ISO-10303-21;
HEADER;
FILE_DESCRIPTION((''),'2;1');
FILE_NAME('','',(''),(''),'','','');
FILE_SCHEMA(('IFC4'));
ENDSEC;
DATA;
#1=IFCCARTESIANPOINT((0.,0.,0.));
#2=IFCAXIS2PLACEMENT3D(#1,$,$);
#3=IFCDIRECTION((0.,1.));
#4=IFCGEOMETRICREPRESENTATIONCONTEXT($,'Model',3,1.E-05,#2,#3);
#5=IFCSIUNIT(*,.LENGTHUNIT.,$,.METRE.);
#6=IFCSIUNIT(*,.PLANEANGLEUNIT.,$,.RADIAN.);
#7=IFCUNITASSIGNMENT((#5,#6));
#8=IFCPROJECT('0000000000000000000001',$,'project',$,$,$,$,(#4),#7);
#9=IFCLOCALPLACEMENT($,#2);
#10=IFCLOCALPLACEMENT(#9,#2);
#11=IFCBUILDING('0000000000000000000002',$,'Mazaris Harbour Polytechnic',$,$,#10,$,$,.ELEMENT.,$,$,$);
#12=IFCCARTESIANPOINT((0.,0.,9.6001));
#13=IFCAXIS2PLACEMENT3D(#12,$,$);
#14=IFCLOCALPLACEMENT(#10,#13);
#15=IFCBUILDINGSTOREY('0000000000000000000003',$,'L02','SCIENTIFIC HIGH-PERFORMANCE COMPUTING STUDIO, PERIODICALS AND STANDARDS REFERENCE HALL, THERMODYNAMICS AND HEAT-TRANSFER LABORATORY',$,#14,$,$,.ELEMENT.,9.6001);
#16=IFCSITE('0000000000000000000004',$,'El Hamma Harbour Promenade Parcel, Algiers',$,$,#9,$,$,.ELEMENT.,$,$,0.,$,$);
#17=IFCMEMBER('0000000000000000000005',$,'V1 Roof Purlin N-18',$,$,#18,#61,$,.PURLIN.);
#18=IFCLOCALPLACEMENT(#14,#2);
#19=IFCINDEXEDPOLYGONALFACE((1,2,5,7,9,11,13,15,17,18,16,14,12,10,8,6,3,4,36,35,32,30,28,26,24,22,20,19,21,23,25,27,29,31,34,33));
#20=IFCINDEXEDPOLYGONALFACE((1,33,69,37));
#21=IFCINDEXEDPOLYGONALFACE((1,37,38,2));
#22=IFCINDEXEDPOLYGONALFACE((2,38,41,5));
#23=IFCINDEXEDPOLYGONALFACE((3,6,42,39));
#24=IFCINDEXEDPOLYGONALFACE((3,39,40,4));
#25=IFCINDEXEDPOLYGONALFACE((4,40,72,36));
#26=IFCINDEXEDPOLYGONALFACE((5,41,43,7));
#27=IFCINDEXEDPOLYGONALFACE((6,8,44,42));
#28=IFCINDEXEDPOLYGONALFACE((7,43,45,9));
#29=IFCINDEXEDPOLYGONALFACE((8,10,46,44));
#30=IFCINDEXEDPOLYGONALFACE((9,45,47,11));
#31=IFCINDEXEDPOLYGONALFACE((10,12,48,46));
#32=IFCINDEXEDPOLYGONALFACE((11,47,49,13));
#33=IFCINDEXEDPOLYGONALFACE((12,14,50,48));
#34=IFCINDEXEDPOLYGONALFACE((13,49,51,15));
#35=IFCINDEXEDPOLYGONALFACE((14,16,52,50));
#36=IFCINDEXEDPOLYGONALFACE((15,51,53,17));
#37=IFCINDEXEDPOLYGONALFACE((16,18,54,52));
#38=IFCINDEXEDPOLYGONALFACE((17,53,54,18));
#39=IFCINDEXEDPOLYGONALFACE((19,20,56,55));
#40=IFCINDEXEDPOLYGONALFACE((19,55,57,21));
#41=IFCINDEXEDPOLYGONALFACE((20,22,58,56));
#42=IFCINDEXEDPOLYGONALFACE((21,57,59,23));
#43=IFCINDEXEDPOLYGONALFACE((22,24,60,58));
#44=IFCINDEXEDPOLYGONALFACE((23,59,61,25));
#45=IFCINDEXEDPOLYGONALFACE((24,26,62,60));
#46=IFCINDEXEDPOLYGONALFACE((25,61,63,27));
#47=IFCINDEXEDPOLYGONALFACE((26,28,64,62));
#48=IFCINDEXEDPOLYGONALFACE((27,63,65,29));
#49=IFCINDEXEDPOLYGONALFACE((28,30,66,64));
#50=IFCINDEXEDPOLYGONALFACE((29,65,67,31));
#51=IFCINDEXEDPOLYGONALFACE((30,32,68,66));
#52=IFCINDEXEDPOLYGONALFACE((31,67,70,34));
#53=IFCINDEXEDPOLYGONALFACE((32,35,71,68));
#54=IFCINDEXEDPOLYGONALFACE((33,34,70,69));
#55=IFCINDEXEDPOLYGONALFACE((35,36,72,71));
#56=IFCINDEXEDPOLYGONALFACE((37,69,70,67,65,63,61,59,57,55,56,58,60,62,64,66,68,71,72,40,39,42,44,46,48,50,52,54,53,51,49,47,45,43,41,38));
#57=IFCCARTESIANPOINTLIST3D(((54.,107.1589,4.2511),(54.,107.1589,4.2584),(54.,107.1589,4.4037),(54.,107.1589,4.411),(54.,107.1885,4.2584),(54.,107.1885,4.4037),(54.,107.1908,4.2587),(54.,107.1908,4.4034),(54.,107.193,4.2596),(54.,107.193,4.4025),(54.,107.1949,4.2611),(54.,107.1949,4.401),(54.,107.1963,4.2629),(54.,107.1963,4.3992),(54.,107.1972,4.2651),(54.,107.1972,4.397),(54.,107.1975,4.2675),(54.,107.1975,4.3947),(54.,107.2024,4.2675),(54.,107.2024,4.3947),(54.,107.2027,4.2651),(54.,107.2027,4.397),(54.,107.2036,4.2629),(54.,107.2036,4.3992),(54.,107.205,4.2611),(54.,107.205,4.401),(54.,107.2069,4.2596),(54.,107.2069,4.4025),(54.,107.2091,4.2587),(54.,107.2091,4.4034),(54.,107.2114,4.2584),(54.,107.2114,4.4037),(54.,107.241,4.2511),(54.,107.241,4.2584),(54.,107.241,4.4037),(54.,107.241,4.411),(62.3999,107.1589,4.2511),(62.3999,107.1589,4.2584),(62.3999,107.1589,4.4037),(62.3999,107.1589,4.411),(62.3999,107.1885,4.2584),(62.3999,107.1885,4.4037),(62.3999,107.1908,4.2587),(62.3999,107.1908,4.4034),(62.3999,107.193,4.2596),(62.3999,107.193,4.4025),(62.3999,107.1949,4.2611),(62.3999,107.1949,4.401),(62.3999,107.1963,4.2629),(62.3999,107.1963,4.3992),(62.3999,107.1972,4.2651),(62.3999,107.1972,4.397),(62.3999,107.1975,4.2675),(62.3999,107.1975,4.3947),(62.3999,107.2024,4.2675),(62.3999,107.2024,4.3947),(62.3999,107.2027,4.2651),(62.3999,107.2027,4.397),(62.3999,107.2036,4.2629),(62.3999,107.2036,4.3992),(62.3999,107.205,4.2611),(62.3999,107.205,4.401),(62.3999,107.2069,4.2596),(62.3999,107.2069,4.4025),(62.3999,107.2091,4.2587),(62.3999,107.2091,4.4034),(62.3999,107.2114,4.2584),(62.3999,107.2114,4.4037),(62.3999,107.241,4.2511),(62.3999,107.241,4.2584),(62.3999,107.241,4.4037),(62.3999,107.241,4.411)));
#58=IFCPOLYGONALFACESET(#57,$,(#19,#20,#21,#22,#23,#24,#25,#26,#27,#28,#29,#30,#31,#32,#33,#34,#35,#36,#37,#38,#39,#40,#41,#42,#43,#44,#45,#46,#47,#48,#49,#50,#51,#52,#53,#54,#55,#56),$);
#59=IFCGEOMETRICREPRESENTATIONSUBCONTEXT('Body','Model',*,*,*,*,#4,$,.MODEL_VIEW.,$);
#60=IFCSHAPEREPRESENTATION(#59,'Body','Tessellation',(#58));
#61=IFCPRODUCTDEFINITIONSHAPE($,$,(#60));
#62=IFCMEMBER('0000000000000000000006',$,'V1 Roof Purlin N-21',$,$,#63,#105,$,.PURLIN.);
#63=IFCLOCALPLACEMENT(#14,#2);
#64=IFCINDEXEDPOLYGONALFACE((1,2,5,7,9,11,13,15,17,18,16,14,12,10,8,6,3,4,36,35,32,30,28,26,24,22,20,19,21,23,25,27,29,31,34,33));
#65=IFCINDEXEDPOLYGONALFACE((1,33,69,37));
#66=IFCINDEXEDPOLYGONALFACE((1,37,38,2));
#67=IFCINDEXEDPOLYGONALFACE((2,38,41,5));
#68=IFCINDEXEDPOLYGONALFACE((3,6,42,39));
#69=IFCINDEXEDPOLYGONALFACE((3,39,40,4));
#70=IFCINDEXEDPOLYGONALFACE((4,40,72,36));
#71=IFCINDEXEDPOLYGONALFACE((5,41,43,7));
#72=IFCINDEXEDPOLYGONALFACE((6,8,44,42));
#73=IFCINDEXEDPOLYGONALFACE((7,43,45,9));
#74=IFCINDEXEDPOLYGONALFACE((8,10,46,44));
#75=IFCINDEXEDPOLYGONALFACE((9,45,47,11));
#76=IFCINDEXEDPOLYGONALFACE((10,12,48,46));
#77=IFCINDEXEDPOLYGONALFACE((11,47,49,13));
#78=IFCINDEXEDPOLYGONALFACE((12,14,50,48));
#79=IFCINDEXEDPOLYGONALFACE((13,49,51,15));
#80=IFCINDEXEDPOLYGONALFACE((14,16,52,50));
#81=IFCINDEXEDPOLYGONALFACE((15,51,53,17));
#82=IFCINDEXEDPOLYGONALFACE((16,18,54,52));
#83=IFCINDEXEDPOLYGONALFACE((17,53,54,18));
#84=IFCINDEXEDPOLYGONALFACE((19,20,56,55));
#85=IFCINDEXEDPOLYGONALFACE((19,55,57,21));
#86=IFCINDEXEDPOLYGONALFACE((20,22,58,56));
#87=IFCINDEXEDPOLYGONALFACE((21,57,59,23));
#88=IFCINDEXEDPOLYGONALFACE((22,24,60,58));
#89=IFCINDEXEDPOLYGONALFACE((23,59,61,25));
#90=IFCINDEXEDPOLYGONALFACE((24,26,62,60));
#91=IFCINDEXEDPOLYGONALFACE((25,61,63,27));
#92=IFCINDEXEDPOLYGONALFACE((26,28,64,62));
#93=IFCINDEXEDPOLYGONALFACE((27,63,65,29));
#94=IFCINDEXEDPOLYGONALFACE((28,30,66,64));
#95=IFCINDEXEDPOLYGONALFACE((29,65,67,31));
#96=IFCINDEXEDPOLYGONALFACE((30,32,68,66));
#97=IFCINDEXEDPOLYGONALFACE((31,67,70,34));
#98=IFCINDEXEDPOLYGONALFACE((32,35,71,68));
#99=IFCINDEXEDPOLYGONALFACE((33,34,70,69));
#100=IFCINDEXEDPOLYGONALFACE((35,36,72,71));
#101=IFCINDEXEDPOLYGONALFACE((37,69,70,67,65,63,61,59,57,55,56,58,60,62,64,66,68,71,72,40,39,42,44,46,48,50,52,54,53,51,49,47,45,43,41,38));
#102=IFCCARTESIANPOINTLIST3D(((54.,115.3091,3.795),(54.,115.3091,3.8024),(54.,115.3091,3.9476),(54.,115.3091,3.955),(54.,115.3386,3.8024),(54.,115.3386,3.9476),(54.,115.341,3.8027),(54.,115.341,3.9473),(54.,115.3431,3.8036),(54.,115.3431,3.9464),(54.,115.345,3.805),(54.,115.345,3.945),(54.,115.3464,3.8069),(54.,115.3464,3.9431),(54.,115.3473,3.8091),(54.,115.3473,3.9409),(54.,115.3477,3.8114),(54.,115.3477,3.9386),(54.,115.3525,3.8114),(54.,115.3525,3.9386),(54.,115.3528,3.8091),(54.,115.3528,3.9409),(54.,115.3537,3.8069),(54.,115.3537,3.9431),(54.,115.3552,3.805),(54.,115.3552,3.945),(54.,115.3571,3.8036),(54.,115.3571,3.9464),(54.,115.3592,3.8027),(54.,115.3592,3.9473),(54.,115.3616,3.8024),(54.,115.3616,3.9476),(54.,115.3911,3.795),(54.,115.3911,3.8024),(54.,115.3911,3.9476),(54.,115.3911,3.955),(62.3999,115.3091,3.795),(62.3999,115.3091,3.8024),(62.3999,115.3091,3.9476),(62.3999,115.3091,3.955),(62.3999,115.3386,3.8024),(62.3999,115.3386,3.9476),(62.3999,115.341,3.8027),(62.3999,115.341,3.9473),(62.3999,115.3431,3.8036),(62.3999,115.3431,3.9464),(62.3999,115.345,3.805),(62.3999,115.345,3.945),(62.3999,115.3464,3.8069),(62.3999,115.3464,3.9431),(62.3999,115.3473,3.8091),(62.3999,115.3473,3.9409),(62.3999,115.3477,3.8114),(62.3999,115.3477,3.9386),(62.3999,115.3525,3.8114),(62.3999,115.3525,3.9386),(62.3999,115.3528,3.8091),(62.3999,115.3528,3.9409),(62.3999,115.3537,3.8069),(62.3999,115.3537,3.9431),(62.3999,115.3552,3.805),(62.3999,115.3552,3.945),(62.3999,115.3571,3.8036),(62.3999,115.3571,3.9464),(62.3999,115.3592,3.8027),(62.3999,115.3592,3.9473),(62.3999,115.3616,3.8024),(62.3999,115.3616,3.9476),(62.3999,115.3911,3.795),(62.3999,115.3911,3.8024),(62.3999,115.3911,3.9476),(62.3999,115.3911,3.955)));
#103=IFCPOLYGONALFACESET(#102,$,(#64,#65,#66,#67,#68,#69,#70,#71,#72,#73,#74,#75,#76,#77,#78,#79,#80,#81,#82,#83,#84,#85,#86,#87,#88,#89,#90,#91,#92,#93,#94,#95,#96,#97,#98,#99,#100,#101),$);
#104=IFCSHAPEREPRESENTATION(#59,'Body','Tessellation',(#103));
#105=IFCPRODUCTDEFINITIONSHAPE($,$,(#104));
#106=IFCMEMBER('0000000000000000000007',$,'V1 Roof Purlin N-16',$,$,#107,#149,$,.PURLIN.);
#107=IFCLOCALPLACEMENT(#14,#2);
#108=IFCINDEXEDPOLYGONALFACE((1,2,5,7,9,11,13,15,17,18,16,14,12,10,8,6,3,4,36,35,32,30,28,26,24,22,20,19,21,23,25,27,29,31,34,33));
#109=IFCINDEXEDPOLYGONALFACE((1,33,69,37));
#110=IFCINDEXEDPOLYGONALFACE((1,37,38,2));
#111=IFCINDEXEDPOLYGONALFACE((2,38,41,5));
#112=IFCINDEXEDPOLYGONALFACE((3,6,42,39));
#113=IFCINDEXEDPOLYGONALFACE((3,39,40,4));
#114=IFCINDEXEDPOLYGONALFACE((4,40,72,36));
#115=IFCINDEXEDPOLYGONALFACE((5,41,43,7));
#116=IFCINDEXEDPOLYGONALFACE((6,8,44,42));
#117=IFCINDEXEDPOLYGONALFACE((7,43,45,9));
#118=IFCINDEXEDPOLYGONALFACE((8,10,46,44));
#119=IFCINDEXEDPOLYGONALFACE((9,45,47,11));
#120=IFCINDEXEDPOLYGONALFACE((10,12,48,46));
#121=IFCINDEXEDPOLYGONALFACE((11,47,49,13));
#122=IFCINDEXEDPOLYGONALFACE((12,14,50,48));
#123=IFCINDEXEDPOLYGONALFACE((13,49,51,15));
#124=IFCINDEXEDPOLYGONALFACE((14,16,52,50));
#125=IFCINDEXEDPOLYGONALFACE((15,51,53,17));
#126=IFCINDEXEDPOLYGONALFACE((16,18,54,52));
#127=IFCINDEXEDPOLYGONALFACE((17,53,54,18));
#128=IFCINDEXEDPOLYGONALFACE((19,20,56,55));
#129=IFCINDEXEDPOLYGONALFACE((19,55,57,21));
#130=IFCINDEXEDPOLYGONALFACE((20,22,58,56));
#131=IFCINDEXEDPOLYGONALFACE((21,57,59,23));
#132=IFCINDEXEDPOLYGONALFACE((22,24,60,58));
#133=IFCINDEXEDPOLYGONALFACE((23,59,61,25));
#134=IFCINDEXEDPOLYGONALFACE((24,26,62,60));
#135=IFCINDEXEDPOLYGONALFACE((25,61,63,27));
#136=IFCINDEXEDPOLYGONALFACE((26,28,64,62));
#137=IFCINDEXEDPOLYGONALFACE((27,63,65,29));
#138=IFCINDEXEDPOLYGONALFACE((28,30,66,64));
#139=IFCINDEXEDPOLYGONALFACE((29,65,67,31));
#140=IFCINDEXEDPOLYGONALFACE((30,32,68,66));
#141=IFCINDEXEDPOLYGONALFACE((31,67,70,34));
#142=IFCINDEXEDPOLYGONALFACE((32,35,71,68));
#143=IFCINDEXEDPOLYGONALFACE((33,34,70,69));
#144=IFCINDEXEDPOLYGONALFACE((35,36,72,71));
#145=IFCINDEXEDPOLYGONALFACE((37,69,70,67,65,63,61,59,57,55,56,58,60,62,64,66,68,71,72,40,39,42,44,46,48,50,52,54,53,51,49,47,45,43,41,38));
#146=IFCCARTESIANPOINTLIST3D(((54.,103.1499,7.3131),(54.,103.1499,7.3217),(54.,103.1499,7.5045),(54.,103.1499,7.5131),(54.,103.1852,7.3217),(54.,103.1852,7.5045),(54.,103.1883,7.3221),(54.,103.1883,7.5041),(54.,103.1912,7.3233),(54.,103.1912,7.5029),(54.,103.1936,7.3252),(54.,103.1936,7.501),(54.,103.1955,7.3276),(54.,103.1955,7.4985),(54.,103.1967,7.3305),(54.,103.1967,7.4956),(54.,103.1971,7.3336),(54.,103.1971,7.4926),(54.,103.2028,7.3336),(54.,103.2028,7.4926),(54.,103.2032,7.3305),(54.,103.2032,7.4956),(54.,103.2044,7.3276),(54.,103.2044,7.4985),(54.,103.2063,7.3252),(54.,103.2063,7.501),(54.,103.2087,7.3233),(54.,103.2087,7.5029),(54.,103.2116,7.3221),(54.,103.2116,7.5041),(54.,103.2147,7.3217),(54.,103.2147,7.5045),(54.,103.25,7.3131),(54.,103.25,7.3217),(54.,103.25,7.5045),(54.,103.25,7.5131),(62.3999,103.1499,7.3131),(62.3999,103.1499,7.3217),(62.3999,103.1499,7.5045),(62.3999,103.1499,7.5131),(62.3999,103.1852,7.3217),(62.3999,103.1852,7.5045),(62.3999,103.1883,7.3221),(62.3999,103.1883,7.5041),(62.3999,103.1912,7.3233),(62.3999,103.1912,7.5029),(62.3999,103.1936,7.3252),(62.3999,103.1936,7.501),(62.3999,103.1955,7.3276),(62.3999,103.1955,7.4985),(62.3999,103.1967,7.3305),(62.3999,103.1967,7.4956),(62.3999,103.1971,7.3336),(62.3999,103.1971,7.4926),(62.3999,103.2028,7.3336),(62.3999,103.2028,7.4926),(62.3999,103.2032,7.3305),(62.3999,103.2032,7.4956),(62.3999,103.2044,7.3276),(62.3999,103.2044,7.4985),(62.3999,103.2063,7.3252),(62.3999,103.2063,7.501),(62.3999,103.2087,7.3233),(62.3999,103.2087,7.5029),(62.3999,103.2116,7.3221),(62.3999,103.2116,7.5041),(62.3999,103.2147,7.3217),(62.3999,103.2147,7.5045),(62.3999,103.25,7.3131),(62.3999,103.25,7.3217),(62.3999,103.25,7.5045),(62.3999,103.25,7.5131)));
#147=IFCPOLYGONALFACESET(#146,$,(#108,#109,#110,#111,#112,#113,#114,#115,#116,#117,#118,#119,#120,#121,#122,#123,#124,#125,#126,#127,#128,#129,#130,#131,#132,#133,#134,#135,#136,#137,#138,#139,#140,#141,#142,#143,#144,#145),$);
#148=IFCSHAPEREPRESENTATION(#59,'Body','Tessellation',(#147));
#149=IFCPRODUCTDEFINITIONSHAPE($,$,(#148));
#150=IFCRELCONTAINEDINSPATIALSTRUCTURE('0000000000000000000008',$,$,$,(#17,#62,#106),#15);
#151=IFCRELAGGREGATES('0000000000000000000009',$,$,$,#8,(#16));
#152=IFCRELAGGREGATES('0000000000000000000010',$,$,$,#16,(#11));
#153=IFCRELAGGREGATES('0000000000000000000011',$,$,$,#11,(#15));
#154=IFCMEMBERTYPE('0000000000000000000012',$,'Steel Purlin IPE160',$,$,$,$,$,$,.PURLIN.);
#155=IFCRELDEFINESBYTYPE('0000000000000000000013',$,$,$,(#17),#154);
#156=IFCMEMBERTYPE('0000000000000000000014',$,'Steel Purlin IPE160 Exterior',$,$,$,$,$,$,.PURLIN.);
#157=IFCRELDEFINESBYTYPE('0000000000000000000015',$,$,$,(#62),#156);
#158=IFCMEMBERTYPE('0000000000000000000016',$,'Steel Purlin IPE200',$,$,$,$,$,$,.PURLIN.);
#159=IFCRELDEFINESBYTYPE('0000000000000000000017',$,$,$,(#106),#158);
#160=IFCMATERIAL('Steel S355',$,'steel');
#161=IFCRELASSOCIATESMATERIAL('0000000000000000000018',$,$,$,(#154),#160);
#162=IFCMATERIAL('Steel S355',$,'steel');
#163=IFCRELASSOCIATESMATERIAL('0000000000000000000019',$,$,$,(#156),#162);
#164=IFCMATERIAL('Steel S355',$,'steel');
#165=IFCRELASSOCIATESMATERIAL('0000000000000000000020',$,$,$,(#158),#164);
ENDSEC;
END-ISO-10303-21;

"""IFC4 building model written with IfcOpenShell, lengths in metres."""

from ifc_helpers import new_model, si_unit, direction, frame, origin, origin_2d, place, context, subcontext, project, spatial, i_section, extrude, material, material_profile, profile_set, type_object, element, save


model = new_model("IFC4")

# Units and contexts
model_context = context("Model", 3, precision=1e-05, world=origin(), true_north=direction((0.0, 1.0)))
body_context = subcontext(model_context, "Body", "Model", "MODEL_VIEW")
ifc_project = project(units=[si_unit("LENGTHUNIT", "METRE"), si_unit("PLANEANGLEUNIT", "RADIAN")], contexts=[model_context])

# Site, building, storey
site_placement = place(None, origin())
site = spatial("IfcSite", under=ifc_project, at=site_placement, Name="El Hamma Harbour Promenade Parcel, Algiers", CompositionType="ELEMENT", RefElevation=0.0)
building_placement = place(site_placement, origin())
building = spatial("IfcBuilding", under=site, at=building_placement, Name="Mazaris Harbour Polytechnic", CompositionType="ELEMENT")
storey_placement = place(building_placement, frame((0.0, 0.0, 9.6001)))
storey = spatial("IfcBuildingStorey", under=building, at=storey_placement, Name="L02", Description="SCIENTIFIC HIGH-PERFORMANCE COMPUTING STUDIO, PERIODICALS AND STANDARDS REFERENCE HALL, THERMODYNAMICS AND HEAT-TRANSFER LABORATORY", CompositionType="ELEMENT", Elevation=9.6001)

# Members
ifc_material_1 = material(Name="Steel S355", Category="steel")
ifc_material_profile_1 = material_profile(ifc_material_1, i_section(OverallWidth=0.082, OverallDepth=0.1599, WebThickness=0.0049, FlangeThickness=0.0073, FilletRadius=0.009, at=origin_2d()), Name="IPE 160")
ifc_profile_set_1 = profile_set([ifc_material_profile_1], Name="Steel S355")
member_type_1 = type_object("IfcMemberType", Name="Steel Purlin IPE160", PredefinedType="PURLIN", material=ifc_profile_set_1)
member_1_placement = place(storey_placement, frame((54.0, 107.2, 4.3311), z_axis=(1.0, 0.0, 0.0), x_axis=(0.0, 1.0, 0.0)))
element("IfcMember", 1, at=member_1_placement, inside=storey, type_object=member_type_1, Name="V1 Roof Purlin N-18", PredefinedType="PURLIN", context=body_context, shape_type="SweptSolid", body=[
    extrude(i_section(OverallWidth=0.082, OverallDepth=0.1599, WebThickness=0.0049, FlangeThickness=0.0073, FilletRadius=0.009, at=origin_2d()), origin(), (0.0, 0.0, 1.0), 8.3999),
])
ifc_material_2 = material(Name="Steel S355", Category="steel")
ifc_material_profile_2 = material_profile(ifc_material_2, i_section(OverallWidth=0.082, OverallDepth=0.1599, WebThickness=0.0049, FlangeThickness=0.0073, FilletRadius=0.009, at=origin_2d()), Name="IPE 160")
ifc_profile_set_2 = profile_set([ifc_material_profile_2], Name="Steel S355")
member_type_2 = type_object("IfcMemberType", Name="Steel Purlin IPE160 Exterior", PredefinedType="PURLIN", material=ifc_profile_set_2)
member_2_placement = place(storey_placement, frame((54.0, 115.3501, 3.875), z_axis=(1.0, 0.0, 0.0), x_axis=(0.0, 1.0, 0.0)))
element("IfcMember", 2, at=member_2_placement, inside=storey, type_object=member_type_2, Name="V1 Roof Purlin N-21", PredefinedType="PURLIN", context=body_context, shape_type="SweptSolid", body=[
    extrude(i_section(OverallWidth=0.082, OverallDepth=0.1599, WebThickness=0.0049, FlangeThickness=0.0073, FilletRadius=0.009, at=origin_2d()), origin(), (0.0, 0.0, 1.0), 8.3999),
])
ifc_material_3 = material(Name="Steel S355", Category="steel")
ifc_material_profile_3 = material_profile(ifc_material_3, i_section(OverallWidth=0.1001, OverallDepth=0.2, WebThickness=0.0056, FlangeThickness=0.0085, FilletRadius=0.012, at=origin_2d()), Name="IPE 200")
ifc_profile_set_3 = profile_set([ifc_material_profile_3], Name="Steel S355")
member_type_3 = type_object("IfcMemberType", Name="Steel Purlin IPE200", PredefinedType="PURLIN", material=ifc_profile_set_3)
member_3_placement = place(storey_placement, frame((54.0, 103.2, 7.4131), z_axis=(1.0, 0.0, 0.0), x_axis=(0.0, 1.0, 0.0)))
element("IfcMember", 3, at=member_3_placement, inside=storey, type_object=member_type_3, Name="V1 Roof Purlin N-16", PredefinedType="PURLIN", context=body_context, shape_type="SweptSolid", body=[
    extrude(i_section(OverallWidth=0.1001, OverallDepth=0.2, WebThickness=0.0056, FlangeThickness=0.0085, FilletRadius=0.012, at=origin_2d()), origin(), (0.0, 0.0, 1.0), 8.3999),
])

save(model, "model.ifc")
